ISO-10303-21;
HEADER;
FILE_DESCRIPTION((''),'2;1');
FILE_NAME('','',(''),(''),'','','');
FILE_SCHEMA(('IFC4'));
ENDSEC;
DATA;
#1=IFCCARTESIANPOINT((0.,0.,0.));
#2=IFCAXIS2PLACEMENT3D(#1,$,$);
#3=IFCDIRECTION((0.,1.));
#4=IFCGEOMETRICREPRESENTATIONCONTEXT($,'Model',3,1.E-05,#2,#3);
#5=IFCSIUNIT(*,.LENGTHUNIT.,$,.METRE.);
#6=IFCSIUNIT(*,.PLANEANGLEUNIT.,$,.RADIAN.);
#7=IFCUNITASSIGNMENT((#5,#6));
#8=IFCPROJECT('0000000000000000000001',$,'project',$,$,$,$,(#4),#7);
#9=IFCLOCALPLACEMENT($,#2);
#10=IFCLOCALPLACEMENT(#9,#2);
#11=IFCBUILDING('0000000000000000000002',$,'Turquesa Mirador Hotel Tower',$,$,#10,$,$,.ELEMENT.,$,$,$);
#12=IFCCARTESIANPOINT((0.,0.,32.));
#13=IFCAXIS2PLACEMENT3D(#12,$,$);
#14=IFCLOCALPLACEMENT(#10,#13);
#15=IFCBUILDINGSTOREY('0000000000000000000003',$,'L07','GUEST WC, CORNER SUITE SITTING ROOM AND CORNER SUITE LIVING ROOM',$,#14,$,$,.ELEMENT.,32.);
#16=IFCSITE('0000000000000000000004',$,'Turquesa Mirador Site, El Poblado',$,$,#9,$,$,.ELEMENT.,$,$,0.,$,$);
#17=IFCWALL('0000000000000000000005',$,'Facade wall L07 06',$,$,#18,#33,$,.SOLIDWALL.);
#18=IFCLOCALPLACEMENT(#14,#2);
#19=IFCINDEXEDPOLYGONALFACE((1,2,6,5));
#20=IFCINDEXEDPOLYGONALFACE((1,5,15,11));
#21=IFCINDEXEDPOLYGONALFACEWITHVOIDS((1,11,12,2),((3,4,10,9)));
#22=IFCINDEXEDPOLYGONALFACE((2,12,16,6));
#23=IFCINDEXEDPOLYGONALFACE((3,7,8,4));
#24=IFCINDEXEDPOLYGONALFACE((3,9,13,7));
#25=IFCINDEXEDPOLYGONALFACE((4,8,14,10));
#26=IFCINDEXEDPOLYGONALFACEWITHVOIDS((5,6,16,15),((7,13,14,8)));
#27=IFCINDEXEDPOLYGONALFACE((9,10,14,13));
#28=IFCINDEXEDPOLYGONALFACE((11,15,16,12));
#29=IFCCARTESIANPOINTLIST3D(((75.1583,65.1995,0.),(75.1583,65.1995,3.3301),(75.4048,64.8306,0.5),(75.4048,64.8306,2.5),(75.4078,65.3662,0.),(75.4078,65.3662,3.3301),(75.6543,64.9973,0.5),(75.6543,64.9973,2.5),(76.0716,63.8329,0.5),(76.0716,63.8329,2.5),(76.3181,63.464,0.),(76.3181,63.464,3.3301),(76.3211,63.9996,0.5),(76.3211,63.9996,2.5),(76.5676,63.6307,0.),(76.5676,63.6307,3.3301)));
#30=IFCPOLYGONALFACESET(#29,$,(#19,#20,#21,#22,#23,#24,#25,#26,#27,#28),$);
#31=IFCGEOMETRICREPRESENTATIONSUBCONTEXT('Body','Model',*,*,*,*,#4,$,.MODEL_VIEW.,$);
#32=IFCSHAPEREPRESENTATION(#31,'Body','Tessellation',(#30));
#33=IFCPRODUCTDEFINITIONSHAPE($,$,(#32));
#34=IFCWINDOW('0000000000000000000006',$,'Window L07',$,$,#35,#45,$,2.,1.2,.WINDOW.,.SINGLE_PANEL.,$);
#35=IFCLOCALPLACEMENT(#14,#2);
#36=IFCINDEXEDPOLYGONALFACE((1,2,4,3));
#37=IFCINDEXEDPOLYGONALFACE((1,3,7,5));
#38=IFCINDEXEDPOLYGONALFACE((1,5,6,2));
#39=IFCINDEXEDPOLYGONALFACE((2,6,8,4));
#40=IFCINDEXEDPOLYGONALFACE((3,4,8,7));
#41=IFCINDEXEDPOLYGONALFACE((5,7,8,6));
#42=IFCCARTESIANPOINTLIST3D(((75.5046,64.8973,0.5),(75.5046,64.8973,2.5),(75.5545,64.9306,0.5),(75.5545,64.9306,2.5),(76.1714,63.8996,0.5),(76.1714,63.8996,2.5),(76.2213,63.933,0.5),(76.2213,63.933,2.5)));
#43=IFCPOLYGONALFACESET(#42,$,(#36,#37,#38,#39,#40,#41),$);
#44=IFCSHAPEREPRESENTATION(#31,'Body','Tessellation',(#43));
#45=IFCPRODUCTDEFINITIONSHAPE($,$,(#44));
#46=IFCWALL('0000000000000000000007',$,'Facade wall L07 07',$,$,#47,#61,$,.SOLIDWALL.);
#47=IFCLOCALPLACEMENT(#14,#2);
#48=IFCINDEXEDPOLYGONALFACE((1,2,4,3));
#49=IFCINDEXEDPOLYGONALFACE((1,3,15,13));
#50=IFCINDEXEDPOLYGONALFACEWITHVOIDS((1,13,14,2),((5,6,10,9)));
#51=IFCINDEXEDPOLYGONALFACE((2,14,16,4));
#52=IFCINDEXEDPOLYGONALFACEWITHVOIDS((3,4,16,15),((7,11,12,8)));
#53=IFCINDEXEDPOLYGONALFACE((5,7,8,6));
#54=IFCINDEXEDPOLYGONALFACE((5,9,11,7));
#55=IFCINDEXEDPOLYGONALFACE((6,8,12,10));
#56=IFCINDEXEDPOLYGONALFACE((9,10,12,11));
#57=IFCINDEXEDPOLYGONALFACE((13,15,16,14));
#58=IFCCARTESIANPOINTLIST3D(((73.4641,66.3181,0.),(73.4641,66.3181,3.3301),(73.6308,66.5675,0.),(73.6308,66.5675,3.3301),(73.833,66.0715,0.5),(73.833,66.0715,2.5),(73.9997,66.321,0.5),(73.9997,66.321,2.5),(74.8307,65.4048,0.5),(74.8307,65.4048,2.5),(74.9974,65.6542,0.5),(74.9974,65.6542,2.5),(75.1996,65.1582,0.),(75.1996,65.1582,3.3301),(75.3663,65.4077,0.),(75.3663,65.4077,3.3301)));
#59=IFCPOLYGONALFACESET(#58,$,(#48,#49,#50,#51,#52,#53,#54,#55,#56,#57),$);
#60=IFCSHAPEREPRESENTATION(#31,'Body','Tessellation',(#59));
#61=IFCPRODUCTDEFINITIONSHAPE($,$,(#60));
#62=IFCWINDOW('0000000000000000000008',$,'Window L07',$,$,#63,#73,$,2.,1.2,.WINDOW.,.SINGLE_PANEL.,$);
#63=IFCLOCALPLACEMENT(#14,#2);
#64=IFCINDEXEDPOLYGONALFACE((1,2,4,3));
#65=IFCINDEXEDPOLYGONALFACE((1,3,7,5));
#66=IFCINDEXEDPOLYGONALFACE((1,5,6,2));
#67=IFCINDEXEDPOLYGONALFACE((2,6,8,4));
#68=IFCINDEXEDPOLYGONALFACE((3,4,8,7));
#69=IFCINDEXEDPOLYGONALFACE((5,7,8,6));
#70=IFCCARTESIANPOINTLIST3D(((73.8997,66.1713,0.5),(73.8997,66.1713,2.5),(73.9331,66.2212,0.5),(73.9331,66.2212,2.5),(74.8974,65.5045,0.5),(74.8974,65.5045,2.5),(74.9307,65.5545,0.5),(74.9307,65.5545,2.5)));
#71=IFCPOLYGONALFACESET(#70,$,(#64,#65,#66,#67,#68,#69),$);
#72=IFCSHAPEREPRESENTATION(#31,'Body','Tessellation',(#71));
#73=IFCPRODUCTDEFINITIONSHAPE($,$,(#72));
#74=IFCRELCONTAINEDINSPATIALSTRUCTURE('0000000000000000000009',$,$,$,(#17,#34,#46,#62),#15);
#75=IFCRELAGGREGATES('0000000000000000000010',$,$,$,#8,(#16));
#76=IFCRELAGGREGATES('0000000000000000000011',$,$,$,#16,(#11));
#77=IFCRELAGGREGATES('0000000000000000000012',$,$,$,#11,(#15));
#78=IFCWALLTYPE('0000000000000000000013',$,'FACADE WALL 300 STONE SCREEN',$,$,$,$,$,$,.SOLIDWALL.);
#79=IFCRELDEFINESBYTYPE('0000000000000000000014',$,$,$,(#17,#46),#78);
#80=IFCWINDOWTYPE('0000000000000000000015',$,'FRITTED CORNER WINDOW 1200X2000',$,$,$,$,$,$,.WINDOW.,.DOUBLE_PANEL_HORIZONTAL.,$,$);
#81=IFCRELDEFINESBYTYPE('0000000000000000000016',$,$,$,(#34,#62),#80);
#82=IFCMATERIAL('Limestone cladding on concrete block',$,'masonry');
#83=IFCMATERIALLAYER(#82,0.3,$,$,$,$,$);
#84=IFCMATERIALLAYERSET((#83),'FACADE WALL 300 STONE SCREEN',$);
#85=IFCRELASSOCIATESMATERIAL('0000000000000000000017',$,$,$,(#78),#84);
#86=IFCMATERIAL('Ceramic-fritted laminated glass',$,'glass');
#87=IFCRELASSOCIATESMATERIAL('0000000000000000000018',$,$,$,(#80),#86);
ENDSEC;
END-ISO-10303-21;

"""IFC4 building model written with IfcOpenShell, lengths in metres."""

from ifc_helpers import new_model, si_unit, direction, frame, frame_2d, origin, place, context, subcontext, project, spatial, rectangle, extrude, material, layer, layer_set, type_object, element, fill, save


model = new_model("IFC4")

# Units and contexts
model_context = context("Model", 3, precision=1e-05, world=origin(), true_north=direction((0.0, 1.0)))
body_context = subcontext(model_context, "Body", "Model", "MODEL_VIEW")
ifc_project = project(units=[si_unit("LENGTHUNIT", "METRE"), si_unit("PLANEANGLEUNIT", "RADIAN")], contexts=[model_context])

# Site, building, storey
site_placement = place(None, origin())
site = spatial("IfcSite", under=ifc_project, at=site_placement, Name="Turquesa Mirador Site, El Poblado", CompositionType="ELEMENT", RefElevation=0.0)
building_placement = place(site_placement, origin())
building = spatial("IfcBuilding", under=site, at=building_placement, Name="Turquesa Mirador Hotel Tower", CompositionType="ELEMENT")
storey_placement = place(building_placement, frame((0.0, 0.0, 32.0)))
storey = spatial("IfcBuildingStorey", under=building, at=storey_placement, Name="L07", Description="GUEST WC, CORNER SUITE SITTING ROOM AND CORNER SUITE LIVING ROOM", CompositionType="ELEMENT", Elevation=32.0)

# Walls, openings, windows
ifc_material_1 = material(Name="Limestone cladding on concrete block", Category="masonry")
ifc_layer = layer(ifc_material_1, 0.3)
ifc_layer_set = layer_set([ifc_layer], Name="FACADE WALL 300 STONE SCREEN")
wall_type = type_object("IfcWallType", Name="FACADE WALL 300 STONE SCREEN", PredefinedType="SOLIDWALL", material=ifc_layer_set)
wall_1_placement = place(storey_placement, frame((76.4429, 63.5474, 0.0), z_axis=(0.0, 0.0, 1.0), x_axis=(-0.555644, 0.83142, 0.0)))
wall_1 = element("IfcWall", 1, at=wall_1_placement, inside=storey, type_object=wall_type, Name="Facade wall L07 06", PredefinedType="SOLIDWALL", context=body_context, shape_type="SweptSolid", body=[
    extrude(rectangle(XDim=2.0874, YDim=0.3, at=frame_2d((1.0437, 0.0))), origin(), (0.0, 0.0, 1.0), 3.3301),
])
opening_1_placement = place(wall_1_placement, frame((0.4436, 0.0, 0.5)))
opening_1 = element("IfcOpeningElement", 2, at=opening_1_placement, cuts=wall_1, PredefinedType="OPENING", context=body_context, shape_type="SweptSolid", body=[
    extrude(rectangle(XDim=1.2, YDim=2.0, at=frame_2d((0.6001, 1.0))), frame((0.0, 0.1599, 0.0), z_axis=(0.0, -1.0, 0.0), x_axis=(1.0, 0.0, 0.0)), (0.0, 0.0, 1.0), 0.3201),
])
ifc_material_2 = material(Name="Ceramic-fritted laminated glass", Category="glass")
window_type_1 = type_object("IfcWindowType", Name="FRITTED CORNER WINDOW 1200X2000", PartitioningType="DOUBLE_PANEL_HORIZONTAL", PredefinedType="WINDOW", material=ifc_material_2)
window_1_placement = place(opening_1_placement, origin())
window_1 = element("IfcWindow", 3, at=window_1_placement, inside=storey, type_object=window_type_1, Name="Window L07", OverallHeight=2.0, OverallWidth=1.2, PartitioningType="SINGLE_PANEL", PredefinedType="WINDOW", context=body_context, shape_type="SweptSolid", body=[
    extrude(rectangle(XDim=1.2, YDim=2.0, at=frame_2d((0.6001, 1.0))), frame((0.0, 0.03, 0.0), z_axis=(0.0, -1.0, 0.0), x_axis=(1.0, 0.0, 0.0)), (0.0, 0.0, 1.0), 0.0601),
])
fill(opening_1, window_1)
wall_2_placement = place(storey_placement, frame((75.283, 65.283, 0.0), z_axis=(0.0, 0.0, 1.0), x_axis=(-0.83142, 0.555644, 0.0)))
wall_2 = element("IfcWall", 4, at=wall_2_placement, inside=storey, type_object=wall_type, Name="Facade wall L07 07", PredefinedType="SOLIDWALL", context=body_context, shape_type="SweptSolid", body=[
    extrude(rectangle(XDim=2.0874, YDim=0.3, at=frame_2d((1.0437, 0.0))), origin(), (0.0, 0.0, 1.0), 3.3301),
])
opening_2_placement = place(wall_2_placement, frame((0.4436, 0.0, 0.5)))
opening_2 = element("IfcOpeningElement", 5, at=opening_2_placement, cuts=wall_2, PredefinedType="OPENING", context=body_context, shape_type="SweptSolid", body=[
    extrude(rectangle(XDim=1.2, YDim=2.0, at=frame_2d((0.6001, 1.0))), frame((0.0, 0.1599, 0.0), z_axis=(0.0, -1.0, 0.0), x_axis=(1.0, 0.0, 0.0)), (0.0, 0.0, 1.0), 0.3201),
])
window_2_placement = place(opening_2_placement, origin())
window_2 = element("IfcWindow", 6, at=window_2_placement, inside=storey, type_object=window_type_1, Name="Window L07", OverallHeight=2.0, OverallWidth=1.2, PartitioningType="SINGLE_PANEL", PredefinedType="WINDOW", context=body_context, shape_type="SweptSolid", body=[
    extrude(rectangle(XDim=1.2, YDim=2.0, at=frame_2d((0.6001, 1.0))), frame((0.0, 0.03, 0.0), z_axis=(0.0, -1.0, 0.0), x_axis=(1.0, 0.0, 0.0)), (0.0, 0.0, 1.0), 0.0601),
])
fill(opening_2, window_2)

save(model, "model.ifc")
